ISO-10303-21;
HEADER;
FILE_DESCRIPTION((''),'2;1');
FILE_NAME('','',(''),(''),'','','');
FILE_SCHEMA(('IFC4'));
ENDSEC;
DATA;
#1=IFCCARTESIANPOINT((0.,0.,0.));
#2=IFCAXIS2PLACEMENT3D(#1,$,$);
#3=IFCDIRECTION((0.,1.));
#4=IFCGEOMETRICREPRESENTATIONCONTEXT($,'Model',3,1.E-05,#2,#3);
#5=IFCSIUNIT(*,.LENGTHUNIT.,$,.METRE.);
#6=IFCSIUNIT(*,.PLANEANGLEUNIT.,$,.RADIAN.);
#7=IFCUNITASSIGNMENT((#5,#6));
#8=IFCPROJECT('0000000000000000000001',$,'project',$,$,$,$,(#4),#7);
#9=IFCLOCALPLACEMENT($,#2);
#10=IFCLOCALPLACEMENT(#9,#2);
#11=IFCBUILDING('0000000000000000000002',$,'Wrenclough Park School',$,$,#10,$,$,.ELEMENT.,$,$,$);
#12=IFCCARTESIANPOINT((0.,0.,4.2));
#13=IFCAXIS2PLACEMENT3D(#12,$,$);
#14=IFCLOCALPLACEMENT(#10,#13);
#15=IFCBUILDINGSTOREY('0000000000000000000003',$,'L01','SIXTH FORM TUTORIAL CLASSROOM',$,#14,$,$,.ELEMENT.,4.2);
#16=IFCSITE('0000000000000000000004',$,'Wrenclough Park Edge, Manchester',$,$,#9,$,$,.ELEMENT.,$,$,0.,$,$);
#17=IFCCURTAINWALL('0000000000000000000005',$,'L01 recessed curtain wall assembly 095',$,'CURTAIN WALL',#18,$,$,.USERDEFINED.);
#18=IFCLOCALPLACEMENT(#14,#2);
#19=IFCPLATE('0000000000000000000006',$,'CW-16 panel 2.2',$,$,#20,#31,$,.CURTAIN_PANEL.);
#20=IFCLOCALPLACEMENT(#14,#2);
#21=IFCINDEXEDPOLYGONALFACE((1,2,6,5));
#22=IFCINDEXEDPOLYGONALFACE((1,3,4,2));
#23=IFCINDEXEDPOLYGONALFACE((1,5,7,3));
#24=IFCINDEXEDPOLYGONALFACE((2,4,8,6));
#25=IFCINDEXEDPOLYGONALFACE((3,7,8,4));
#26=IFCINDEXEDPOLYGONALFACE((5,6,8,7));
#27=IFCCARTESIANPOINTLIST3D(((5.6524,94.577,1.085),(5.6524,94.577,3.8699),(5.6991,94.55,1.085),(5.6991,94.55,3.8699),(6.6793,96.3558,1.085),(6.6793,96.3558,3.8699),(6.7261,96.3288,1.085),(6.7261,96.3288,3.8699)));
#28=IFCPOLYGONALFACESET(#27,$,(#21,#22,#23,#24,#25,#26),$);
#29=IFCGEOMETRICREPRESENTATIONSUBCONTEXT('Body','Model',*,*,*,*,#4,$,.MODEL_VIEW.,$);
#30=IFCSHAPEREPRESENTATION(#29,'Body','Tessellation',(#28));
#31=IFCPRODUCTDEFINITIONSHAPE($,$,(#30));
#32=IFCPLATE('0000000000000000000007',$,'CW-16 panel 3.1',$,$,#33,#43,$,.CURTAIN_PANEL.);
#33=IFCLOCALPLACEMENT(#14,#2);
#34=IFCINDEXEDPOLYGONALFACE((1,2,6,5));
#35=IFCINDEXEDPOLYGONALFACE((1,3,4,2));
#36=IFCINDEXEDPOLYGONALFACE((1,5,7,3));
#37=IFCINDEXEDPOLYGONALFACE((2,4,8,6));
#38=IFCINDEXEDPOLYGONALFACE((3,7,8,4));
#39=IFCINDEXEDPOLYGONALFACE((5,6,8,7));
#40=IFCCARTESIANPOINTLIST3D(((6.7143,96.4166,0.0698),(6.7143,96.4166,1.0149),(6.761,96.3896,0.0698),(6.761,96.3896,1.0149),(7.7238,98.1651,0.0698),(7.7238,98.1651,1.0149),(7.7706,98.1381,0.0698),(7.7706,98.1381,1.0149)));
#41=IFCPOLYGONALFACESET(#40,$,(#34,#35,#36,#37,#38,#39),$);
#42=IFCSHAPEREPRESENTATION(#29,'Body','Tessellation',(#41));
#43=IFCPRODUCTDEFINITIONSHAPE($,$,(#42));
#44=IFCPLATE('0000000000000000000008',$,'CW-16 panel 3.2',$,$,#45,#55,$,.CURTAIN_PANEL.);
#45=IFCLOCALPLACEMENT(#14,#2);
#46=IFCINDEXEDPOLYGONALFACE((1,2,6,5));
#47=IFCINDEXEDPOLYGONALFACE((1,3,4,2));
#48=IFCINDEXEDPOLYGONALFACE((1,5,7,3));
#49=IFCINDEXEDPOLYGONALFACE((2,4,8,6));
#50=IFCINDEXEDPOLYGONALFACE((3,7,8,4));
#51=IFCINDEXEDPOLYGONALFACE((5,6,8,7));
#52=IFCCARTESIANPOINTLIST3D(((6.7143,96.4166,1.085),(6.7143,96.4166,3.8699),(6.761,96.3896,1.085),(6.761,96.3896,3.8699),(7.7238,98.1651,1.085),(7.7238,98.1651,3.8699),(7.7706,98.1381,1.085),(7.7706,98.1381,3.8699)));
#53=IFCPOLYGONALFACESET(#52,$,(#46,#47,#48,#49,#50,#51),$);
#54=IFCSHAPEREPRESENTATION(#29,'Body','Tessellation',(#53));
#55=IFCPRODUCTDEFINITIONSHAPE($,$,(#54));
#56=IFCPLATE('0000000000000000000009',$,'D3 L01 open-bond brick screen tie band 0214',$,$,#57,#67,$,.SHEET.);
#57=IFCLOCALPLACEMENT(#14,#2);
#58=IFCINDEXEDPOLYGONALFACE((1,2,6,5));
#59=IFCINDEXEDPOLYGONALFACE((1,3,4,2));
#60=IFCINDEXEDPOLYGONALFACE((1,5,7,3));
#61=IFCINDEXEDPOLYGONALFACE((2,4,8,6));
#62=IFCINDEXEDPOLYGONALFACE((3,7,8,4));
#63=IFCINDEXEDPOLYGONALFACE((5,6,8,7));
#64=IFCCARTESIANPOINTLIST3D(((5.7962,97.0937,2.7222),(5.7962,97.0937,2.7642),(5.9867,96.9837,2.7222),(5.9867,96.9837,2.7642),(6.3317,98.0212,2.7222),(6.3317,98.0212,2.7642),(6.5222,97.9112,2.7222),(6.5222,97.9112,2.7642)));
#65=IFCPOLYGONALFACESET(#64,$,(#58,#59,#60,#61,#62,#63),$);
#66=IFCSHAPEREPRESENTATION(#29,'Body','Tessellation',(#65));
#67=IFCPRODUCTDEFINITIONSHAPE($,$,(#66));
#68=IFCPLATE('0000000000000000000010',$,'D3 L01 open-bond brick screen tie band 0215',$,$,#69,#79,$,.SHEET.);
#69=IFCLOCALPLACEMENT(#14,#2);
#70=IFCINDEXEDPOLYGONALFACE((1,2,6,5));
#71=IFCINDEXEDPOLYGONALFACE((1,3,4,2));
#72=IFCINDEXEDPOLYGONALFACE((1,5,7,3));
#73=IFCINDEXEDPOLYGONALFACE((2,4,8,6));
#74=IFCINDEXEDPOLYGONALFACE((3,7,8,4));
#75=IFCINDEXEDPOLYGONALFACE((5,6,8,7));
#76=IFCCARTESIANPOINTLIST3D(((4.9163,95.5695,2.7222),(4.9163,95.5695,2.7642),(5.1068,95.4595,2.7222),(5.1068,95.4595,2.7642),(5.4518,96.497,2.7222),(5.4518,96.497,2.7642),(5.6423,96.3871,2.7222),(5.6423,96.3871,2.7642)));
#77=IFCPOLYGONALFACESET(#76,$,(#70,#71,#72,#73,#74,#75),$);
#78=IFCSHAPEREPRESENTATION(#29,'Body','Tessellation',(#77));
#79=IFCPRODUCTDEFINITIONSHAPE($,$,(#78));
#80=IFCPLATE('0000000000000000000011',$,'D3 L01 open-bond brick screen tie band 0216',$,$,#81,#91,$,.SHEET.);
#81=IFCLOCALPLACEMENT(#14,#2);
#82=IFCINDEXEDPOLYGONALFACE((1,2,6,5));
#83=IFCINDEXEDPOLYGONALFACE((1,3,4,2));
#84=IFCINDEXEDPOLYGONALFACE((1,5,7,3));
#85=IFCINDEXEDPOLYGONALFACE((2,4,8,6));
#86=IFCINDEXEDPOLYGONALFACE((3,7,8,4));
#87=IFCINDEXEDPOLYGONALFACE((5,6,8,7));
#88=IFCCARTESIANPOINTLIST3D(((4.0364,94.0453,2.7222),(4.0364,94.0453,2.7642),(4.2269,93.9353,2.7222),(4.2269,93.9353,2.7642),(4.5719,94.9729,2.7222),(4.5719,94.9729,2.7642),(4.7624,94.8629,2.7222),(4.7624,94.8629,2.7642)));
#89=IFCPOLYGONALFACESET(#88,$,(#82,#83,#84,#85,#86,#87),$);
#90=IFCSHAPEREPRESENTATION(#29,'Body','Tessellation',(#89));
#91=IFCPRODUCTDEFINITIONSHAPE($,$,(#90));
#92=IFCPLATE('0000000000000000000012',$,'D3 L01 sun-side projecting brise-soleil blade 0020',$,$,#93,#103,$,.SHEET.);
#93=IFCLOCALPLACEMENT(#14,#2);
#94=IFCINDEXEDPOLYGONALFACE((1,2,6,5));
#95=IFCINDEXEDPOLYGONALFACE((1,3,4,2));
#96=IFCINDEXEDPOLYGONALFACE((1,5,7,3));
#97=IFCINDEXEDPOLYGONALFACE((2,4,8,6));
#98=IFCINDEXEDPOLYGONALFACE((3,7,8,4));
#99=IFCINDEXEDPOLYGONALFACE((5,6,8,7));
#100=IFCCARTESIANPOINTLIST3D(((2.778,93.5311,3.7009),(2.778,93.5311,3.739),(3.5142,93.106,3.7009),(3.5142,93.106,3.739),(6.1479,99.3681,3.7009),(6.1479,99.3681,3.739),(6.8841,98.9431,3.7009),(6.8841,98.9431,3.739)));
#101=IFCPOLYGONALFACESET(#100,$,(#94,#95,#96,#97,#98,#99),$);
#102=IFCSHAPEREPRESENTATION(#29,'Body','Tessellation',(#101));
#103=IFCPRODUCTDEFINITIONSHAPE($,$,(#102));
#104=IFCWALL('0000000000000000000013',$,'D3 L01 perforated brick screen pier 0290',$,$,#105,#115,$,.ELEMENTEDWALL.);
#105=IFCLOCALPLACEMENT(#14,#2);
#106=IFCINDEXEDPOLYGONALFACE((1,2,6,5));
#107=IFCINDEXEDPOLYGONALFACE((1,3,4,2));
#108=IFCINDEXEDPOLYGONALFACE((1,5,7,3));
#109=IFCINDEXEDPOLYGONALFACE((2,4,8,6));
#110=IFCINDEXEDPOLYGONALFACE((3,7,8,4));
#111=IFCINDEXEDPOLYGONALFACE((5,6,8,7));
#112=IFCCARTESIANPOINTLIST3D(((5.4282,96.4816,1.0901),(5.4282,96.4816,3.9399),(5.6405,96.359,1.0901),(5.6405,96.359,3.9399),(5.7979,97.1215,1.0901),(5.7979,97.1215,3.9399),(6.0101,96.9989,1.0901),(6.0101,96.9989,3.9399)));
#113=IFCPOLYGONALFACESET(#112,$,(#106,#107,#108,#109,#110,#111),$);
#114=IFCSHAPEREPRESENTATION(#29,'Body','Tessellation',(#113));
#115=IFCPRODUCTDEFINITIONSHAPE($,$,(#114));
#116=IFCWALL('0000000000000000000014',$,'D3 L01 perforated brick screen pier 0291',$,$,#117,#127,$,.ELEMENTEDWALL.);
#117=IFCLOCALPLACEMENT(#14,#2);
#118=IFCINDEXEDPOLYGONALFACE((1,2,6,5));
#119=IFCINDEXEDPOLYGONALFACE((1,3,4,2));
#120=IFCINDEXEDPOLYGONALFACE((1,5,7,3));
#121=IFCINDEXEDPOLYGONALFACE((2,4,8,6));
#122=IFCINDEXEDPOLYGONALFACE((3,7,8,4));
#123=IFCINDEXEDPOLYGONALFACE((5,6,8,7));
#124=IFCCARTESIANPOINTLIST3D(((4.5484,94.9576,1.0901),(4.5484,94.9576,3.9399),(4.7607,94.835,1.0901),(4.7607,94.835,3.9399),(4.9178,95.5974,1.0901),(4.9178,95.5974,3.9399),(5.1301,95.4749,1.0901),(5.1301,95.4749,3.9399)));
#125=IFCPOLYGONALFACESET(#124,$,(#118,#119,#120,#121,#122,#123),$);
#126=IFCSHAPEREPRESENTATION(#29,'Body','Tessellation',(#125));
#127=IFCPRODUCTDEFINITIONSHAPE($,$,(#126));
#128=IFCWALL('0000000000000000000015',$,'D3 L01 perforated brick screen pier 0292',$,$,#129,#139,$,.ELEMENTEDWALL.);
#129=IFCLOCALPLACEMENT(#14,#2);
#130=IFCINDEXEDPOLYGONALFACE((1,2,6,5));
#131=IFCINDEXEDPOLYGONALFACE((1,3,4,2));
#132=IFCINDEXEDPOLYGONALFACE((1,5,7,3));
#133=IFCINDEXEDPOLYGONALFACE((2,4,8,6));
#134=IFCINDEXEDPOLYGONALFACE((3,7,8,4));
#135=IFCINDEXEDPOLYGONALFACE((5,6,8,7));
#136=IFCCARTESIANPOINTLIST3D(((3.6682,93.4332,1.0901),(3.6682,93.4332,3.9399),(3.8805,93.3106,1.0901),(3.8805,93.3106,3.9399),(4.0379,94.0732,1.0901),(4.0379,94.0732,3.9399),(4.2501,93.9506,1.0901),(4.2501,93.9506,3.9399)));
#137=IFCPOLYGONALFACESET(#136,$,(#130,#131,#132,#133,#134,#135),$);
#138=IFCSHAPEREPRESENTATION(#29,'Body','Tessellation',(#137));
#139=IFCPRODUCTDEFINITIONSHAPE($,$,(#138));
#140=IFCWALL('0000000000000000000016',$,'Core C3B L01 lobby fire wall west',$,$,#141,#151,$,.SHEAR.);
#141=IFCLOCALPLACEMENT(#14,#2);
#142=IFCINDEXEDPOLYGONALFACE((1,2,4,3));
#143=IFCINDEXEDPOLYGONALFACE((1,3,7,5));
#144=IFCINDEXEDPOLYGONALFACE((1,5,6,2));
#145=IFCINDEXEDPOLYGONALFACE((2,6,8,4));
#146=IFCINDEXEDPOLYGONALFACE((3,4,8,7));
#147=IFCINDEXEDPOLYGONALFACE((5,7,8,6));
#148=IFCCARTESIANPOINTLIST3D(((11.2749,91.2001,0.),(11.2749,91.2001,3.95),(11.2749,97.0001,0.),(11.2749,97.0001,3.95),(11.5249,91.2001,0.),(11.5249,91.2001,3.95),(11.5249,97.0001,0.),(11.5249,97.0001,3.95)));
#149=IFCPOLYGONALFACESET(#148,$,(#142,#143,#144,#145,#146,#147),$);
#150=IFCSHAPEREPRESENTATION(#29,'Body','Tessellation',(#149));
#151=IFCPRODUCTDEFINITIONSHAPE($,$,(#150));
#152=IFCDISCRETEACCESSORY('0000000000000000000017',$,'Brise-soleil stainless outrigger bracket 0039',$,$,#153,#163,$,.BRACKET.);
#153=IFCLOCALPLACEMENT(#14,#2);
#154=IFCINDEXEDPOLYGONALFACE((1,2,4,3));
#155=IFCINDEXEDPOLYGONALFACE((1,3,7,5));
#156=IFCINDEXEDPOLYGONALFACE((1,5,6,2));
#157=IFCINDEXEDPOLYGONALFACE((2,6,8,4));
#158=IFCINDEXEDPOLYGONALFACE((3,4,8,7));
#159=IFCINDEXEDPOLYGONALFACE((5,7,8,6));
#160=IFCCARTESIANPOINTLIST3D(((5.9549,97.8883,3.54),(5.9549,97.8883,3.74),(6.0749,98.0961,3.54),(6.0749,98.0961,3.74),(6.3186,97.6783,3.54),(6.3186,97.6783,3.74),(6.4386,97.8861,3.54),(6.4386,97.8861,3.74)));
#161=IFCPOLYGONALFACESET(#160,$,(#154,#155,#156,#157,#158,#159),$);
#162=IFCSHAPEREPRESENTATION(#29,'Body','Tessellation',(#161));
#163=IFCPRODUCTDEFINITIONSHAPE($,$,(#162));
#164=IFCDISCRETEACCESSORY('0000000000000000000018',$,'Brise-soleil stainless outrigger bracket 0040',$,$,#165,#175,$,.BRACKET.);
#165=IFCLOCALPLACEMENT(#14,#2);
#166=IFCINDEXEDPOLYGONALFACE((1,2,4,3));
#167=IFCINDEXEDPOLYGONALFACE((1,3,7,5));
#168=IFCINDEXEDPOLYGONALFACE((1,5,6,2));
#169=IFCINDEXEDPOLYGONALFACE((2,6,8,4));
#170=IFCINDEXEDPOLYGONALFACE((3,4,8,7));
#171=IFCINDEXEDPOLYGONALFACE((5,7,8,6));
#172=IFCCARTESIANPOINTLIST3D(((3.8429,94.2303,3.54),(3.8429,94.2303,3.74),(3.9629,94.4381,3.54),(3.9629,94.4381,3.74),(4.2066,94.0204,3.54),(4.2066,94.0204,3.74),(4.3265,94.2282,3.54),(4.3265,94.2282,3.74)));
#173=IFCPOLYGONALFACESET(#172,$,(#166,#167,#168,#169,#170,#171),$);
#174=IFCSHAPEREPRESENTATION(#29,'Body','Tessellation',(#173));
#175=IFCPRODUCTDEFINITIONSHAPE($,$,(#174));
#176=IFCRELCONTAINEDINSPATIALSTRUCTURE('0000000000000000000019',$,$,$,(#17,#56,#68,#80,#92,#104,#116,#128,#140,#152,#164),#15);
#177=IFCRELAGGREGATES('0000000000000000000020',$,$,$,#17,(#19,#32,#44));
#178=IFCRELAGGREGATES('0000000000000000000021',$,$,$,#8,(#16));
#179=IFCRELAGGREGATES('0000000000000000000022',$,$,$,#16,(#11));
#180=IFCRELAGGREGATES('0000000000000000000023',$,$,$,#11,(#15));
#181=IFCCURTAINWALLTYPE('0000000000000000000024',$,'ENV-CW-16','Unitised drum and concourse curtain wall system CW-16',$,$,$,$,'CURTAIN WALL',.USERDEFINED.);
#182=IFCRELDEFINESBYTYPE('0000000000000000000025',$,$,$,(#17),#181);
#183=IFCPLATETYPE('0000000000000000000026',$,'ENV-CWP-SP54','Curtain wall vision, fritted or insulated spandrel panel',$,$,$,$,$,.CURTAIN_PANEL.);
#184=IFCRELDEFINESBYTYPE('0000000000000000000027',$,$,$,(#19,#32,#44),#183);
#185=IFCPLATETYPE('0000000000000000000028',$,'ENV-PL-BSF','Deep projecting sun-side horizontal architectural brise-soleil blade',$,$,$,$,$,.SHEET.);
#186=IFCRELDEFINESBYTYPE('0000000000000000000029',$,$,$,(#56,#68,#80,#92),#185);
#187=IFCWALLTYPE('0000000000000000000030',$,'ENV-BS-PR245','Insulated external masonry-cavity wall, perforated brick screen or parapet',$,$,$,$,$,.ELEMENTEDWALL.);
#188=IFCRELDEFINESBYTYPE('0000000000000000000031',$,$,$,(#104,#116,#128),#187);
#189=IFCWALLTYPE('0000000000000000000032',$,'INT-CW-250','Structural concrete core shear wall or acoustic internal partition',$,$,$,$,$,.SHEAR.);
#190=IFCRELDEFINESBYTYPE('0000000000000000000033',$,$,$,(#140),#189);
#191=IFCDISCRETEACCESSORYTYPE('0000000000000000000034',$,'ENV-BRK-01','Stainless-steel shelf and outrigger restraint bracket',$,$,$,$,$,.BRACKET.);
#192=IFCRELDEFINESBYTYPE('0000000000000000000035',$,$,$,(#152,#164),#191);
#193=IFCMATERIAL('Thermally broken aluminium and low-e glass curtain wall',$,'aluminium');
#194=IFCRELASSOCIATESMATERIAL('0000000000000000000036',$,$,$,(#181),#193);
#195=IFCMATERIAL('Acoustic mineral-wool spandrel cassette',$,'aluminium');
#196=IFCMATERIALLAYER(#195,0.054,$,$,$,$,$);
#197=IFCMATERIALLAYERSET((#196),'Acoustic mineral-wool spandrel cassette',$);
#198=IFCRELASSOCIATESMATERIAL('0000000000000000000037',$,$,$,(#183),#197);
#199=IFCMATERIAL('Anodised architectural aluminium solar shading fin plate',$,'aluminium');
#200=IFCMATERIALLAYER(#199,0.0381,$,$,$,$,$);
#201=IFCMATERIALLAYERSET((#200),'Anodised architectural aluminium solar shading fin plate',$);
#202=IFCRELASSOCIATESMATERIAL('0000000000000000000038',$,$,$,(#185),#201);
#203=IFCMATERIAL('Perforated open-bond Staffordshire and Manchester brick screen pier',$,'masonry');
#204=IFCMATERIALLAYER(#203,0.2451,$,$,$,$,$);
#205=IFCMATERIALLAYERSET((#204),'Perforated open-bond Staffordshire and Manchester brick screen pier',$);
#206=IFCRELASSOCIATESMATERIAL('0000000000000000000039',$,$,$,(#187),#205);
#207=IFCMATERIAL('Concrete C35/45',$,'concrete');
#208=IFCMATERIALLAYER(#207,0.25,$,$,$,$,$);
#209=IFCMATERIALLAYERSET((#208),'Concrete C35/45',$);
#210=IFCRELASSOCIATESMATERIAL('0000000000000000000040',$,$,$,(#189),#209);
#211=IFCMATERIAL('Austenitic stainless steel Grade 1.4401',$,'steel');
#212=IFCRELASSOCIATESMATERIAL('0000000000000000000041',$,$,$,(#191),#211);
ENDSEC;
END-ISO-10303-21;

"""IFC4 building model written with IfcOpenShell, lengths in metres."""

from ifc_helpers import new_model, si_unit, direction, frame, frame_2d, origin, origin_2d, place, context, subcontext, project, spatial, rectangle, extrude, material, layer, layer_set, type_object, element, aggregate, save


model = new_model("IFC4")

# Units and contexts
model_context = context("Model", 3, precision=1e-05, world=origin(), true_north=direction((0.0, 1.0)))
body_context = subcontext(model_context, "Body", "Model", "MODEL_VIEW")
ifc_project = project(units=[si_unit("LENGTHUNIT", "METRE"), si_unit("PLANEANGLEUNIT", "RADIAN")], contexts=[model_context])

# Site, building, storey
site_placement = place(None, origin())
site = spatial("IfcSite", under=ifc_project, at=site_placement, Name="Wrenclough Park Edge, Manchester", CompositionType="ELEMENT", RefElevation=0.0)
building_placement = place(site_placement, origin())
building = spatial("IfcBuilding", under=site, at=building_placement, Name="Wrenclough Park School", CompositionType="ELEMENT")
storey_placement = place(building_placement, frame((0.0, 0.0, 4.2)))
storey = spatial("IfcBuildingStorey", under=building, at=storey_placement, Name="L01", Description="SIXTH FORM TUTORIAL CLASSROOM", CompositionType="ELEMENT", Elevation=4.2)

# Shared definitions
ifc_material_1 = material(Name="Thermally broken aluminium and low-e glass curtain wall", Category="aluminium")

# Curtain wall
curtain_wall_type_1 = type_object("IfcCurtainWallType", Name="ENV-CW-16", Description="Unitised drum and concourse curtain wall system CW-16", ElementType="CURTAIN WALL", PredefinedType="USERDEFINED", material=ifc_material_1)
curtain_wall_1_placement = place(storey_placement, origin())
curtain_wall_1 = element("IfcCurtainWall", 1, at=curtain_wall_1_placement, inside=storey, type_object=curtain_wall_type_1, Name="L01 recessed curtain wall assembly 095", ObjectType="CURTAIN WALL", PredefinedType="USERDEFINED")

# Plates
ifc_material_2 = material(Name="Acoustic mineral-wool spandrel cassette", Category="aluminium")
ifc_layer_1 = layer(ifc_material_2, 0.054)
ifc_layer_set_1 = layer_set([ifc_layer_1], Name="Acoustic mineral-wool spandrel cassette")
plate_type_1 = type_object("IfcPlateType", Name="ENV-CWP-SP54", Description="Curtain wall vision, fritted or insulated spandrel panel", PredefinedType="CURTAIN_PANEL", material=ifc_layer_set_1)
plate_1_placement = place(storey_placement, frame((6.1892, 95.4529, 1.085), z_axis=(0.0, 0.0, 1.0), x_axis=(0.499999, 0.866026, 0.0)))
plate_1 = element("IfcPlate", 2, at=plate_1_placement, type_object=plate_type_1, Name="CW-16 panel 2.2", PredefinedType="CURTAIN_PANEL", context=body_context, shape_type="SweptSolid", body=[
    extrude(rectangle(XDim=2.054, YDim=0.054, at=origin_2d()), origin(), (0.0, 0.0, 1.0), 2.7849),
])
plate_2_placement = place(storey_placement, frame((7.2424, 97.2773, 0.0698), z_axis=(0.0, 0.0, 1.0), x_axis=(0.499999, 0.866026, 0.0)))
plate_2 = element("IfcPlate", 3, at=plate_2_placement, type_object=plate_type_1, Name="CW-16 panel 3.1", PredefinedType="CURTAIN_PANEL", context=body_context, shape_type="SweptSolid", body=[
    extrude(rectangle(XDim=2.019, YDim=0.054, at=origin_2d()), origin(), (0.0, 0.0, 1.0), 0.9451),
])
plate_3_placement = place(storey_placement, frame((7.2424, 97.2773, 1.085), z_axis=(0.0, 0.0, 1.0), x_axis=(0.499999, 0.866026, 0.0)))
plate_3 = element("IfcPlate", 4, at=plate_3_placement, type_object=plate_type_1, Name="CW-16 panel 3.2", PredefinedType="CURTAIN_PANEL", context=body_context, shape_type="SweptSolid", body=[
    extrude(rectangle(XDim=2.019, YDim=0.054, at=origin_2d()), origin(), (0.0, 0.0, 1.0), 2.7849),
])
aggregate(curtain_wall_1, [plate_1, plate_2, plate_3])

# Plates
ifc_material_3 = material(Name="Anodised architectural aluminium solar shading fin plate", Category="aluminium")
ifc_layer_2 = layer(ifc_material_3, 0.0381)
ifc_layer_set_2 = layer_set([ifc_layer_2], Name="Anodised architectural aluminium solar shading fin plate")
plate_type_2 = type_object("IfcPlateType", Name="ENV-PL-BSF", Description="Deep projecting sun-side horizontal architectural brise-soleil blade", PredefinedType="SHEET", material=ifc_layer_set_2)
for number, where, z_axis, x_axis, name in (
    (5, (6.1592, 97.5024, 2.7222), (0.0, 0.0, 1.0), (-0.499991, -0.866031, 0.0), "D3 L01 open-bond brick screen tie band 0214"),
    (6, (5.2793, 95.9783, 2.7222), (0.0, 0.0, 1.0), (-0.499991, -0.866031, 0.0), "D3 L01 open-bond brick screen tie band 0215"),
    (7, (4.3994, 94.4541, 2.7222), (0.0, 0.0, 1.0), (-0.499991, -0.866031, 0.0), "D3 L01 open-bond brick screen tie band 0216"),
):
    element("IfcPlate", number, at=place(storey_placement, frame(where, z_axis=z_axis, x_axis=x_axis)), inside=storey, type_object=plate_type_2, Name=name, PredefinedType="SHEET", context=body_context, shape_type="SweptSolid", body=[
        extrude(rectangle(XDim=1.071, YDim=0.22, at=origin_2d()), origin(), (0.0, 0.0, 1.0), 0.042),
    ])
plate_4_placement = place(storey_placement, frame((4.8311, 96.2371, 3.7009), z_axis=(0.0, 0.0, 1.0), x_axis=(-0.499991, -0.866031, 0.0)))
element("IfcPlate", 8, at=plate_4_placement, inside=storey, type_object=plate_type_2, Name="D3 L01 sun-side projecting brise-soleil blade 0020", PredefinedType="SHEET", context=body_context, shape_type="SweptSolid", body=[
    extrude(rectangle(XDim=6.74, YDim=0.8501, at=origin_2d()), origin(), (0.0, 0.0, 1.0), 0.0381),
])

# Walls
ifc_material_4 = material(Name="Perforated open-bond Staffordshire and Manchester brick screen pier", Category="masonry")
ifc_layer_3 = layer(ifc_material_4, 0.2451)
ifc_layer_set_3 = layer_set([ifc_layer_3], Name="Perforated open-bond Staffordshire and Manchester brick screen pier")
wall_type_1 = type_object("IfcWallType", Name="ENV-BS-PR245", Description="Insulated external masonry-cavity wall, perforated brick screen or parapet", PredefinedType="ELEMENTEDWALL", material=ifc_layer_set_3)
wall_1_placement = place(storey_placement, frame((5.9041, 97.0603, 1.0901), z_axis=(0.0, 0.0, 1.0), x_axis=(-0.50019, -0.865916, 0.0)))
element("IfcWall", 9, at=wall_1_placement, inside=storey, type_object=wall_type_1, Name="D3 L01 perforated brick screen pier 0290", PredefinedType="ELEMENTEDWALL", context=body_context, shape_type="SweptSolid", body=[
    extrude(rectangle(XDim=0.739, YDim=0.2451, at=frame_2d((0.3696, 0.0))), origin(), (0.0, 0.0, 1.0), 2.8499),
])
wall_2_placement = place(storey_placement, frame((5.0239, 95.5361, 1.0901), z_axis=(0.0, 0.0, 1.0), x_axis=(-0.499942, -0.866059, 0.0)))
element("IfcWall", 10, at=wall_2_placement, inside=storey, type_object=wall_type_1, Name="D3 L01 perforated brick screen pier 0291", PredefinedType="ELEMENTEDWALL", context=body_context, shape_type="SweptSolid", body=[
    extrude(rectangle(XDim=0.7388, YDim=0.2451, at=frame_2d((0.3694, 0.0))), origin(), (0.0, 0.0, 1.0), 2.8499),
])
wall_3_placement = place(storey_placement, frame((4.144, 94.012, 1.0901), z_axis=(0.0, 0.0, 1.0), x_axis=(-0.50019, -0.865916, 0.0)))
element("IfcWall", 11, at=wall_3_placement, inside=storey, type_object=wall_type_1, Name="D3 L01 perforated brick screen pier 0292", PredefinedType="ELEMENTEDWALL", context=body_context, shape_type="SweptSolid", body=[
    extrude(rectangle(XDim=0.739, YDim=0.2451, at=frame_2d((0.3696, 0.0))), origin(), (0.0, 0.0, 1.0), 2.8499),
])
ifc_material_5 = material(Name="Concrete C35/45", Category="concrete")
ifc_layer_4 = layer(ifc_material_5, 0.25)
ifc_layer_set_4 = layer_set([ifc_layer_4], Name="Concrete C35/45")
wall_type_2 = type_object("IfcWallType", Name="INT-CW-250", Description="Structural concrete core shear wall or acoustic internal partition", PredefinedType="SHEAR", material=ifc_layer_set_4)
wall_4_placement = place(storey_placement, frame((11.3999, 97.0, 0.0), z_axis=(0.0, 0.0, 1.0), x_axis=(0.0, -1.0, 0.0)))
element("IfcWall", 12, at=wall_4_placement, inside=storey, type_object=wall_type_2, Name="Core C3B L01 lobby fire wall west", PredefinedType="SHEAR", context=body_context, shape_type="SweptSolid", body=[
    extrude(rectangle(XDim=5.8, YDim=0.25, at=frame_2d((2.8999, 0.0))), origin(), (0.0, 0.0, 1.0), 3.95),
])

# Discrete accessories
ifc_material_6 = material(Name="Austenitic stainless steel Grade 1.4401", Category="steel")
discrete_accessory_type = type_object("IfcDiscreteAccessoryType", Name="ENV-BRK-01", Description="Stainless-steel shelf and outrigger restraint bracket", PredefinedType="BRACKET", material=ifc_material_6)
for number, where, z_axis, x_axis, name in (
    (13, (6.1968, 97.8872, 3.54), (0.0, 0.0, 1.0), (-0.499991, -0.866031, 0.0), "Brise-soleil stainless outrigger bracket 0039"),
    (14, (4.0847, 94.2292, 3.54), (0.0, 0.0, 1.0), (-0.499991, -0.866031, 0.0), "Brise-soleil stainless outrigger bracket 0040"),
):
    element("IfcDiscreteAccessory", number, at=place(storey_placement, frame(where, z_axis=z_axis, x_axis=x_axis)), inside=storey, type_object=discrete_accessory_type, Name=name, PredefinedType="BRACKET", context=body_context, shape_type="SweptSolid", body=[
        extrude(rectangle(XDim=0.24, YDim=0.4199, at=origin_2d()), origin(), (0.0, 0.0, 1.0), 0.2),
    ])

save(model, "model.ifc")
